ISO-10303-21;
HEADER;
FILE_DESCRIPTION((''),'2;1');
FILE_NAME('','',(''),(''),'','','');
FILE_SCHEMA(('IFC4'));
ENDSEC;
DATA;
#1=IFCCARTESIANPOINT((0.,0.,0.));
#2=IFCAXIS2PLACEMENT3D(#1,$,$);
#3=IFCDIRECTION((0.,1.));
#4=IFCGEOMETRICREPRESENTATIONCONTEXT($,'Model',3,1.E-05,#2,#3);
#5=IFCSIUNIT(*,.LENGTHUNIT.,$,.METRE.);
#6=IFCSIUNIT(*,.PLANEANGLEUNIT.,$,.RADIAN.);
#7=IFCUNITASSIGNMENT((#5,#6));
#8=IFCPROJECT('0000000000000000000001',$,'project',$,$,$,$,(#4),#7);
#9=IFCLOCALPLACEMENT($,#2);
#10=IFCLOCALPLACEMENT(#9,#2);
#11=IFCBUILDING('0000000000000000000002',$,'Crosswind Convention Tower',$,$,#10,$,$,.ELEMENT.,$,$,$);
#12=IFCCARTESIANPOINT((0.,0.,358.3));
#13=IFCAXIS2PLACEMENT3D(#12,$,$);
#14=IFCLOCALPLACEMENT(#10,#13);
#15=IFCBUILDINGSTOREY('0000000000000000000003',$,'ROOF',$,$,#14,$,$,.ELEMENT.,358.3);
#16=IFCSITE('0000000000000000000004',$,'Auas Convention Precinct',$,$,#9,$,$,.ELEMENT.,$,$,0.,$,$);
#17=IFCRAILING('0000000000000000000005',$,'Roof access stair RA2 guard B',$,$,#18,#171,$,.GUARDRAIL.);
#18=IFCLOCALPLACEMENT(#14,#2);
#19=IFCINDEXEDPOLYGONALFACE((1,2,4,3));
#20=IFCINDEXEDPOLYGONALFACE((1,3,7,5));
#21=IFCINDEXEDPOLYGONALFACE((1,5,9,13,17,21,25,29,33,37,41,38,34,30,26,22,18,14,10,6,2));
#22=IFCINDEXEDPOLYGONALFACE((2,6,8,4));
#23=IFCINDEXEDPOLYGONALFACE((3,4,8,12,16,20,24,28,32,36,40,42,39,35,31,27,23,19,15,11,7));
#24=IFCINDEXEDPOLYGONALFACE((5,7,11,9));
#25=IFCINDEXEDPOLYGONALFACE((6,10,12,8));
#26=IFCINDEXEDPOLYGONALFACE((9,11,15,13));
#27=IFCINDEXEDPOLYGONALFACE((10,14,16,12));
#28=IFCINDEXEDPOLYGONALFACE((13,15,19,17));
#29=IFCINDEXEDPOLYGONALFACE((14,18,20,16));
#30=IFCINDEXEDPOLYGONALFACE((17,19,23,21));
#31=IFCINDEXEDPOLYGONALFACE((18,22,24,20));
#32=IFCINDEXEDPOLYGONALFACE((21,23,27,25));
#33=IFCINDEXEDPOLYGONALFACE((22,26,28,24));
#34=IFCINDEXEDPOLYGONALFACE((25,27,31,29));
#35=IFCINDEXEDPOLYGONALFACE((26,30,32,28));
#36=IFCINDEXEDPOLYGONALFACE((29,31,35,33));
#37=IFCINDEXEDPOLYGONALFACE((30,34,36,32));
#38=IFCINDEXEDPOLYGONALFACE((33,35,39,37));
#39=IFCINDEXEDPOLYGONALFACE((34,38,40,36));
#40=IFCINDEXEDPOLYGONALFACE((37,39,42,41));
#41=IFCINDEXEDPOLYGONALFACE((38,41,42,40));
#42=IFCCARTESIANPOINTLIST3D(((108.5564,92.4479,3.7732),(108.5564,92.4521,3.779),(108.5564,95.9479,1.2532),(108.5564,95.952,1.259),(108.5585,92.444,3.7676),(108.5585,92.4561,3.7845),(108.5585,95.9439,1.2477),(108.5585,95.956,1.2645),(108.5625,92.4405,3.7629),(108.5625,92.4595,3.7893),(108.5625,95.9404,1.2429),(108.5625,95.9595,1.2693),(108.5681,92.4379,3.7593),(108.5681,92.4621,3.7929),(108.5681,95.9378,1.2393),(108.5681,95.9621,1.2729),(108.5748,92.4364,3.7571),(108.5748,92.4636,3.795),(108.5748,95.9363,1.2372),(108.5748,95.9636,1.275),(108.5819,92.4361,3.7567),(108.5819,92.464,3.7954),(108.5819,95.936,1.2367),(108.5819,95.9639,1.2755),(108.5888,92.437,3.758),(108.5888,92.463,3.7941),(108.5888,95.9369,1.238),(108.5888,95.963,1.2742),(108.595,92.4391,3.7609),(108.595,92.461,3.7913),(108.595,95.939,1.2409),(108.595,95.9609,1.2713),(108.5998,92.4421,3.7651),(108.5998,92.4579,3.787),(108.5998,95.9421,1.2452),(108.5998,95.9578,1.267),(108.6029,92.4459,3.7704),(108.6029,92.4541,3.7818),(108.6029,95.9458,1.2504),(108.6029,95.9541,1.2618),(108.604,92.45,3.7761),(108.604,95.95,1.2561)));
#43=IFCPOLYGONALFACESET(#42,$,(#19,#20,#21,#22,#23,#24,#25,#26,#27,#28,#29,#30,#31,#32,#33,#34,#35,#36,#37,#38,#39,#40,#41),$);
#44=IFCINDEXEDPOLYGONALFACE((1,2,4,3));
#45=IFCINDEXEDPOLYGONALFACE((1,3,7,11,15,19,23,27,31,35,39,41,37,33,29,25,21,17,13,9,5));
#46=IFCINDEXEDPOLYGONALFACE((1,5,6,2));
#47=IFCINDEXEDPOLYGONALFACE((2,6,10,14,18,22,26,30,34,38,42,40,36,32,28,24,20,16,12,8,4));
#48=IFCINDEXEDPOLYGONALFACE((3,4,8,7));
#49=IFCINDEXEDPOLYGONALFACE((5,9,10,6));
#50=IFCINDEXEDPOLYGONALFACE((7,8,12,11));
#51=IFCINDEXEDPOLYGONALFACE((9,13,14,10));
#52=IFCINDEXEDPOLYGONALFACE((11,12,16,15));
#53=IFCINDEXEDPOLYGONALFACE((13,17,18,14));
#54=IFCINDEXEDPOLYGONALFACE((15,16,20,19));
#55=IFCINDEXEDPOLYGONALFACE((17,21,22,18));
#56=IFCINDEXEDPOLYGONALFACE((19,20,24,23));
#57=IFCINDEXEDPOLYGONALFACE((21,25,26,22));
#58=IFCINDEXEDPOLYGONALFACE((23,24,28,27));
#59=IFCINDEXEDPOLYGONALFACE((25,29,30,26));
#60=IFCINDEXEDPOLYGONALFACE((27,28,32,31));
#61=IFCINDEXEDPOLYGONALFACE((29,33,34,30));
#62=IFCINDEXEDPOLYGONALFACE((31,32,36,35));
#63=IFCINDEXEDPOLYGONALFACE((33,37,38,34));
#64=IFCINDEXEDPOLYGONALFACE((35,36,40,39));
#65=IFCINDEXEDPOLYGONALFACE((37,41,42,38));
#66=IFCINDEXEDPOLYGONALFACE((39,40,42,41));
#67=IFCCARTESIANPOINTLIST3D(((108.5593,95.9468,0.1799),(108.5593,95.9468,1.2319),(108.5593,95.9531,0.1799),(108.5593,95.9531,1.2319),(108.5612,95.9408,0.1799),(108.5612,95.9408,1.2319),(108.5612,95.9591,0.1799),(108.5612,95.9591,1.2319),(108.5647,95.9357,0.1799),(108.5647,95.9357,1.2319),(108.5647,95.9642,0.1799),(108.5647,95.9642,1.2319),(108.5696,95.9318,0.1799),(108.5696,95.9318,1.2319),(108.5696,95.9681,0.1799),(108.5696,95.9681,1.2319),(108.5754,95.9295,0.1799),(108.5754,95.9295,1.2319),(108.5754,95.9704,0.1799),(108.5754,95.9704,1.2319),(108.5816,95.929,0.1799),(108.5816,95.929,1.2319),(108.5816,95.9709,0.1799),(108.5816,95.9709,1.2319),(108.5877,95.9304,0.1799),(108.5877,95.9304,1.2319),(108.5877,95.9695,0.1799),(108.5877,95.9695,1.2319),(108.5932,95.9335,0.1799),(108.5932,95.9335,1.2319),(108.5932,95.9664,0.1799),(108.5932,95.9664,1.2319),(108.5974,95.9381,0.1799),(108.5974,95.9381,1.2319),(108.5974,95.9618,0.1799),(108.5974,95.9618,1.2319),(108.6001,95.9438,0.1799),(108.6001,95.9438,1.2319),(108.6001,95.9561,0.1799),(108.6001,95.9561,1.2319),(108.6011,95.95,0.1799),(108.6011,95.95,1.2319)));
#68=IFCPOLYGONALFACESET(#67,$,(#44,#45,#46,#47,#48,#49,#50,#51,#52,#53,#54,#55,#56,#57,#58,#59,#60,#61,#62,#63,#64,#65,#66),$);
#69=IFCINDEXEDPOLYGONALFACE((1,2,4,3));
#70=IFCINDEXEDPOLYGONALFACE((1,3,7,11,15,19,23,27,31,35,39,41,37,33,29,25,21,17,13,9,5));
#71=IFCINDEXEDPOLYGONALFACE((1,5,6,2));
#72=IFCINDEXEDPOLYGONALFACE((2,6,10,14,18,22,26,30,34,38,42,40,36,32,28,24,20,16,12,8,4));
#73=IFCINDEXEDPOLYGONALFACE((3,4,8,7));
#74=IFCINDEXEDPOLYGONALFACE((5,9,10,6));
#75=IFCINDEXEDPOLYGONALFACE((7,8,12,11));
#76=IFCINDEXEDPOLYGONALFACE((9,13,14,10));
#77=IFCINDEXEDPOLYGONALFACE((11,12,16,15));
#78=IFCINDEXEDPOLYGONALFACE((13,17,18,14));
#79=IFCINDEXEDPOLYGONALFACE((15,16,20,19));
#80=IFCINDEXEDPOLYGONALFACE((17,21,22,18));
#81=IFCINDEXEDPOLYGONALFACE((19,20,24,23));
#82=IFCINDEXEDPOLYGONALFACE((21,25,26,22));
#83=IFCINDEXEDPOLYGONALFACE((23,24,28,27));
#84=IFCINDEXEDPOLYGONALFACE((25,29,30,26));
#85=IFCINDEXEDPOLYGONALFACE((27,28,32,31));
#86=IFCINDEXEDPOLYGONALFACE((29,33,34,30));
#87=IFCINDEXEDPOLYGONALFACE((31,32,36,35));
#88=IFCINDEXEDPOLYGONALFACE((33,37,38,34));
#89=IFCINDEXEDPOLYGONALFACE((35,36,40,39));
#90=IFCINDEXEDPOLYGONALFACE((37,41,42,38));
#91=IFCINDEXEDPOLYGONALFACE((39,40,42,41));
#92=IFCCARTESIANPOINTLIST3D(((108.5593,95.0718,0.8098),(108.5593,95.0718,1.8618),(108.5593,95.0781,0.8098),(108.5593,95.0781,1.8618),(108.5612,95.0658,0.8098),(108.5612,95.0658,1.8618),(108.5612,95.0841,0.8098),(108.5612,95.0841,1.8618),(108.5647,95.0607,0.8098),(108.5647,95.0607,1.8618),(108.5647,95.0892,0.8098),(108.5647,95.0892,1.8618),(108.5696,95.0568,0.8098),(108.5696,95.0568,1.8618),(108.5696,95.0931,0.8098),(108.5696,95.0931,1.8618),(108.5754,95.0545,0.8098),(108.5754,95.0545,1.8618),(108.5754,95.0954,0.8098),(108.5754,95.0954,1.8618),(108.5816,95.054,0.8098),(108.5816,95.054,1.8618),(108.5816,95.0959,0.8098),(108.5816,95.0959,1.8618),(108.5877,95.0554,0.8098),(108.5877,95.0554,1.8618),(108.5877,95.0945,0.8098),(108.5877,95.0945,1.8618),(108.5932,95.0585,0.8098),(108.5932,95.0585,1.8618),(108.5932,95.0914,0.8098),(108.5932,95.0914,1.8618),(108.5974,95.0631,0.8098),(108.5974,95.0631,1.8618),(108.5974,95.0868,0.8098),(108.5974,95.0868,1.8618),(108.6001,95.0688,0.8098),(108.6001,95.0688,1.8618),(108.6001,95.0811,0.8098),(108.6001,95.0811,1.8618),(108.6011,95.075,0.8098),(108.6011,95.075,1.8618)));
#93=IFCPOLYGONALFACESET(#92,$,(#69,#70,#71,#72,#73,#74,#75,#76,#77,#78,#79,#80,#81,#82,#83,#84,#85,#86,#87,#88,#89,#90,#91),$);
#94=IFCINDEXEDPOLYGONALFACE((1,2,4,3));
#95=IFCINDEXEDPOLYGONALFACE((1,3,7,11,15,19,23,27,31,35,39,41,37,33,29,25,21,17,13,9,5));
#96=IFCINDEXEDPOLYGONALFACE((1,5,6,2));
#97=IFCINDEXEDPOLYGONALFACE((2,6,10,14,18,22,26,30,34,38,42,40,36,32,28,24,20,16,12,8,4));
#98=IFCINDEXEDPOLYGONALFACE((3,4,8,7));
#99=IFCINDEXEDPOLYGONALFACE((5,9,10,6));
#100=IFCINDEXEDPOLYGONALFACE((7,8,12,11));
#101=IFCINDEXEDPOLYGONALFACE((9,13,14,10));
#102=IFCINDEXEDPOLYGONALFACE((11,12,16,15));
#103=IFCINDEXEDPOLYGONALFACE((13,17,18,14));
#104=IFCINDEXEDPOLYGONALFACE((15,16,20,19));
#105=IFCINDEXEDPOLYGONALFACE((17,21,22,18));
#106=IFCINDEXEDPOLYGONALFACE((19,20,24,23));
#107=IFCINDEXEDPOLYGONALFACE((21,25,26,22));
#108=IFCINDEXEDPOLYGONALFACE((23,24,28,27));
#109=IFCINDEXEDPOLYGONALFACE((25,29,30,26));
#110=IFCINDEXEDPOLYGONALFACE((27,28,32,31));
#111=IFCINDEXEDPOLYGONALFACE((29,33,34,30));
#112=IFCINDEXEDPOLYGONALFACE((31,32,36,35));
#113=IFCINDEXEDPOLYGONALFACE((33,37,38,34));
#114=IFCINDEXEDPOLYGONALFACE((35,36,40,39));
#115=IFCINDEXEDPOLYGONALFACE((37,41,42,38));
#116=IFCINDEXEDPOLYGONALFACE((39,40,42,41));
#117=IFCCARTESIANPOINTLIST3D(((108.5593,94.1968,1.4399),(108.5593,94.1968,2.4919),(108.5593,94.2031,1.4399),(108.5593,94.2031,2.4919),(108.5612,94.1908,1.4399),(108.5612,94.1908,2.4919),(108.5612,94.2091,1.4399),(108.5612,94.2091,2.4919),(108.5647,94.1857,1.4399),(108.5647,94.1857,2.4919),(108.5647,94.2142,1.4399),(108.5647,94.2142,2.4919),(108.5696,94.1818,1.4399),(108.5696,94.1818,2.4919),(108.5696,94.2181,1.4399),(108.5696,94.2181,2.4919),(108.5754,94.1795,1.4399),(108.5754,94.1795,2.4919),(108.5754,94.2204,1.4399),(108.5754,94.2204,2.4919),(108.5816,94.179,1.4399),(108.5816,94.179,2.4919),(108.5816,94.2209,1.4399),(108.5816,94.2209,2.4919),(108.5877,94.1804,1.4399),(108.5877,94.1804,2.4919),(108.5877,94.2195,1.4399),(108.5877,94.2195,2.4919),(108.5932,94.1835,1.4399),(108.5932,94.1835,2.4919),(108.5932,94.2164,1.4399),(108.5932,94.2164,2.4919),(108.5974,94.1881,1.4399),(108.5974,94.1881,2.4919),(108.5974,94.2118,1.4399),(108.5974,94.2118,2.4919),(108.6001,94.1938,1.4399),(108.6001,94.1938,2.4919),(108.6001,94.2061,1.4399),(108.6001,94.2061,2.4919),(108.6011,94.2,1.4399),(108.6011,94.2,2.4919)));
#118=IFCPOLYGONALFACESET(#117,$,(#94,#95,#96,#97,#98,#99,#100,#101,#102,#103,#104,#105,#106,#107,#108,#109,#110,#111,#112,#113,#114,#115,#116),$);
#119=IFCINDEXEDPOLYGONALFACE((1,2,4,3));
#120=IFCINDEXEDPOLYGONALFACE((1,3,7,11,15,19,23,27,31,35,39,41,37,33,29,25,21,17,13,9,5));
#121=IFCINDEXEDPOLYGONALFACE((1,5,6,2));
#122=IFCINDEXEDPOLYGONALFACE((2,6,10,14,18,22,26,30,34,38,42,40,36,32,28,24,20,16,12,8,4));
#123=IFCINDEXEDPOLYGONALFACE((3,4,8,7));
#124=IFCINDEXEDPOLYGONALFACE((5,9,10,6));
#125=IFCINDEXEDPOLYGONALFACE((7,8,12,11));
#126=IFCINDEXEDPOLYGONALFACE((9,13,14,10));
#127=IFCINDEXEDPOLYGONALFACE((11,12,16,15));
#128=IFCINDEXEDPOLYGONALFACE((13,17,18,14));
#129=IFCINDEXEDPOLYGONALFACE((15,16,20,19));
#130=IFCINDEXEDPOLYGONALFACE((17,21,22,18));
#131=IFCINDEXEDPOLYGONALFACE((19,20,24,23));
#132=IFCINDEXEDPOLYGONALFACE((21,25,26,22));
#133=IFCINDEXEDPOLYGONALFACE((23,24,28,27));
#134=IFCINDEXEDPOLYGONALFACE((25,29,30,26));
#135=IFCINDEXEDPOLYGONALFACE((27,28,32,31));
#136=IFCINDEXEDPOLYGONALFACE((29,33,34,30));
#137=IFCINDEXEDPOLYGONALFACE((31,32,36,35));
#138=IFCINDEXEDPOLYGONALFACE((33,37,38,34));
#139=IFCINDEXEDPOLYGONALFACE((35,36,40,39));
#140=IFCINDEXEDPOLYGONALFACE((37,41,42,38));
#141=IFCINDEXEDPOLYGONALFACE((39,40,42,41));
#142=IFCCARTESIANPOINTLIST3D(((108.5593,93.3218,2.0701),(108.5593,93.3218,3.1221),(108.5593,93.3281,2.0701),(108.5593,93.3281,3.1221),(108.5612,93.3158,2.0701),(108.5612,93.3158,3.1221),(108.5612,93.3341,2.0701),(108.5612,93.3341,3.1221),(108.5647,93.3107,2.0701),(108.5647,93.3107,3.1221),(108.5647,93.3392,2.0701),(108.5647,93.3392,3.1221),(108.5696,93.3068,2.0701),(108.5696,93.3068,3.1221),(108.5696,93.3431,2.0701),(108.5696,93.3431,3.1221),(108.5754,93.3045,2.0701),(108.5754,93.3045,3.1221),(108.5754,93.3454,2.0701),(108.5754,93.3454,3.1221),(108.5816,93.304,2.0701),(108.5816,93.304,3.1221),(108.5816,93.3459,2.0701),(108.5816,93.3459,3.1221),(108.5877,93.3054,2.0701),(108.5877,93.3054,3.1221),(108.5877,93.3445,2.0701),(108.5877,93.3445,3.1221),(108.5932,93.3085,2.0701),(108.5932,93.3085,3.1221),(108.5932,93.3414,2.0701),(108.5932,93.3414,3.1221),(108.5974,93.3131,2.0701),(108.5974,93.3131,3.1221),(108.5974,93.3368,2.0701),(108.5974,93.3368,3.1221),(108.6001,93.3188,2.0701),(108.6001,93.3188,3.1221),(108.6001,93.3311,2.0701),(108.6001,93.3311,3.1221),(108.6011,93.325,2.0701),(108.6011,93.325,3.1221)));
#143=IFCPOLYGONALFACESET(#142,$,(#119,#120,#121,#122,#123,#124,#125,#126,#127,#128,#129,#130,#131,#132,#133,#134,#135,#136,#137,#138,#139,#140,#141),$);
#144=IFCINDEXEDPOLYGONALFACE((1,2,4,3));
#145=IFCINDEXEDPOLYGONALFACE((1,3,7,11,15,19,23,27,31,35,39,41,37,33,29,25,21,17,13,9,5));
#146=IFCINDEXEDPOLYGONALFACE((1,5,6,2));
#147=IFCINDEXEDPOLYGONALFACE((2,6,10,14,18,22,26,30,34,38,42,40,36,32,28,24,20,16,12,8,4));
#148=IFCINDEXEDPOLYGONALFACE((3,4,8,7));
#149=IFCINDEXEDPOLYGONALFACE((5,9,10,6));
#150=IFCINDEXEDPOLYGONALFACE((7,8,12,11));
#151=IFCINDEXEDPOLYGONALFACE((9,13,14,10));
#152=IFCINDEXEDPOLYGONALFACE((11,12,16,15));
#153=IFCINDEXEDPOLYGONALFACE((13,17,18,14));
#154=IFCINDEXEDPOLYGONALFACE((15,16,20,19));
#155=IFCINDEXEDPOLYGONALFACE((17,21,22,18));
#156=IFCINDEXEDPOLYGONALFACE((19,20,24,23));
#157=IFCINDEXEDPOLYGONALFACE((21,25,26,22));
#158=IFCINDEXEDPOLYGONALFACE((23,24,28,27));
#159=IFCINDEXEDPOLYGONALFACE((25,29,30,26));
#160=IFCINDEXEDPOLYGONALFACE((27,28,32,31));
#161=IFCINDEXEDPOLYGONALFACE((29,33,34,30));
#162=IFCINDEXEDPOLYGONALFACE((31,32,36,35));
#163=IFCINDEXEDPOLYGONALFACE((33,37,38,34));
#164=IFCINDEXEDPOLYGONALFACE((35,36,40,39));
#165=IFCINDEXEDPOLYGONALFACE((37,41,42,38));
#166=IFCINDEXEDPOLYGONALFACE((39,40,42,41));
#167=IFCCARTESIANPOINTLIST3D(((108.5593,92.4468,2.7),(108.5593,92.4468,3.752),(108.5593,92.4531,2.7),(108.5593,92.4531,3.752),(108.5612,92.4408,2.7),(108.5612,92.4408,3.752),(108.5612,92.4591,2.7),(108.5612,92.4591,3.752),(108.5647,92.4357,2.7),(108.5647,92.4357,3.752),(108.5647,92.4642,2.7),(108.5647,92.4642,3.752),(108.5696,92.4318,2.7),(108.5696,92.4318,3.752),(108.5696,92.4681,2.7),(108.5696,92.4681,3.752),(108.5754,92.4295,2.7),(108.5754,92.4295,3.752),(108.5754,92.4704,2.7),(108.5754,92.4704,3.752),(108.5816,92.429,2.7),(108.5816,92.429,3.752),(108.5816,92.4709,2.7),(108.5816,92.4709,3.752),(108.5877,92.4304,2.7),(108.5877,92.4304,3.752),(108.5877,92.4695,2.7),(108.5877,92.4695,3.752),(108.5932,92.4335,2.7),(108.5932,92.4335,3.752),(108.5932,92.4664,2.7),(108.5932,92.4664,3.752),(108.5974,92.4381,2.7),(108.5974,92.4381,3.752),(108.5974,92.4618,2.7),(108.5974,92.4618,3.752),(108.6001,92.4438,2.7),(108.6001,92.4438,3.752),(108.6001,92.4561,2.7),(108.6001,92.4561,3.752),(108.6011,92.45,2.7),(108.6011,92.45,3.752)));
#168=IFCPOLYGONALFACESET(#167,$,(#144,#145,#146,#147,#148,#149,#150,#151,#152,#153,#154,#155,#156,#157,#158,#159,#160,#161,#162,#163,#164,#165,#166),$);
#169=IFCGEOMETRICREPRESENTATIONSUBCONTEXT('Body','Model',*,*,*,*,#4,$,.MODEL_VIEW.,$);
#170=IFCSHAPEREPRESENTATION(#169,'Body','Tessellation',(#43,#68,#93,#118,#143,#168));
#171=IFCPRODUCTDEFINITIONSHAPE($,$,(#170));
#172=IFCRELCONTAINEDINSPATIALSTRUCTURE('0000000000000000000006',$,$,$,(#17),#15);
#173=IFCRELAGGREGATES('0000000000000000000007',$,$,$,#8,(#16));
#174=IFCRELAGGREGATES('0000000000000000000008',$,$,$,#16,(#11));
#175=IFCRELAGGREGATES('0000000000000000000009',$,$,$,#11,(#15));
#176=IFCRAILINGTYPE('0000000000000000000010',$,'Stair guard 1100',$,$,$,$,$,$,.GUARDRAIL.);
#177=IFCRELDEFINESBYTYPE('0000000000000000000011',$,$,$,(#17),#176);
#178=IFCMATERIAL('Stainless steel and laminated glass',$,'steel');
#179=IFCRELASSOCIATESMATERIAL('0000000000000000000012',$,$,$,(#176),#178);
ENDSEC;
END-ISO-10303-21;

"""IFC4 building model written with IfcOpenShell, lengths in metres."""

from ifc_helpers import new_model, si_unit, direction, frame, origin, origin_2d, place, context, subcontext, project, spatial, circle, extrude, material, type_object, element, save


model = new_model("IFC4")

# Units and contexts
model_context = context("Model", 3, precision=1e-05, world=origin(), true_north=direction((0.0, 1.0)))
body_context = subcontext(model_context, "Body", "Model", "MODEL_VIEW")
ifc_project = project(units=[si_unit("LENGTHUNIT", "METRE"), si_unit("PLANEANGLEUNIT", "RADIAN")], contexts=[model_context])

# Site, building, storey
site_placement = place(None, origin())
site = spatial("IfcSite", under=ifc_project, at=site_placement, Name="Auas Convention Precinct", CompositionType="ELEMENT", RefElevation=0.0)
building_placement = place(site_placement, origin())
building = spatial("IfcBuilding", under=site, at=building_placement, Name="Crosswind Convention Tower", CompositionType="ELEMENT")
storey_placement = place(building_placement, frame((0.0, 0.0, 358.3)))
storey = spatial("IfcBuildingStorey", under=building, at=storey_placement, Name="ROOF", CompositionType="ELEMENT", Elevation=358.3)

# Railing
ifc_material_1 = material(Name="Stainless steel and laminated glass", Category="steel")
railing_type_1 = type_object("IfcRailingType", Name="Stair guard 1100", PredefinedType="GUARDRAIL", material=ifc_material_1)
for number, where, name in (
    (1, (108.5801, 95.95, 0.1799), "Roof access stair RA2 guard B"),
):
    element("IfcRailing", number, at=place(storey_placement, frame(where)), inside=storey, type_object=railing_type_1, Name=name, PredefinedType="GUARDRAIL", context=body_context, shape_type="SweptSolid", body=[
        extrude(circle(Radius=0.0239, at=origin_2d()), frame((0.0, 0.0, 1.0762), z_axis=(0.0, -0.811532, 0.584308), x_axis=(1.0, 0.0, 0.0)), (0.0, 0.0, 1.0), 4.3127),
        extrude(circle(Radius=0.021, at=origin_2d()), origin(), (0.0, 0.0, 1.0), 1.052),
        extrude(circle(Radius=0.021, at=origin_2d()), frame((0.0, -0.875, 0.6299)), (0.0, 0.0, 1.0), 1.052),
        extrude(circle(Radius=0.021, at=origin_2d()), frame((0.0, -1.75, 1.26)), (0.0, 0.0, 1.0), 1.052),
        extrude(circle(Radius=0.021, at=origin_2d()), frame((0.0, -2.625, 1.8901)), (0.0, 0.0, 1.0), 1.052),
        extrude(circle(Radius=0.021, at=origin_2d()), frame((0.0, -3.5, 2.52)), (0.0, 0.0, 1.0), 1.052),
    ])

save(model, "model.ifc")
